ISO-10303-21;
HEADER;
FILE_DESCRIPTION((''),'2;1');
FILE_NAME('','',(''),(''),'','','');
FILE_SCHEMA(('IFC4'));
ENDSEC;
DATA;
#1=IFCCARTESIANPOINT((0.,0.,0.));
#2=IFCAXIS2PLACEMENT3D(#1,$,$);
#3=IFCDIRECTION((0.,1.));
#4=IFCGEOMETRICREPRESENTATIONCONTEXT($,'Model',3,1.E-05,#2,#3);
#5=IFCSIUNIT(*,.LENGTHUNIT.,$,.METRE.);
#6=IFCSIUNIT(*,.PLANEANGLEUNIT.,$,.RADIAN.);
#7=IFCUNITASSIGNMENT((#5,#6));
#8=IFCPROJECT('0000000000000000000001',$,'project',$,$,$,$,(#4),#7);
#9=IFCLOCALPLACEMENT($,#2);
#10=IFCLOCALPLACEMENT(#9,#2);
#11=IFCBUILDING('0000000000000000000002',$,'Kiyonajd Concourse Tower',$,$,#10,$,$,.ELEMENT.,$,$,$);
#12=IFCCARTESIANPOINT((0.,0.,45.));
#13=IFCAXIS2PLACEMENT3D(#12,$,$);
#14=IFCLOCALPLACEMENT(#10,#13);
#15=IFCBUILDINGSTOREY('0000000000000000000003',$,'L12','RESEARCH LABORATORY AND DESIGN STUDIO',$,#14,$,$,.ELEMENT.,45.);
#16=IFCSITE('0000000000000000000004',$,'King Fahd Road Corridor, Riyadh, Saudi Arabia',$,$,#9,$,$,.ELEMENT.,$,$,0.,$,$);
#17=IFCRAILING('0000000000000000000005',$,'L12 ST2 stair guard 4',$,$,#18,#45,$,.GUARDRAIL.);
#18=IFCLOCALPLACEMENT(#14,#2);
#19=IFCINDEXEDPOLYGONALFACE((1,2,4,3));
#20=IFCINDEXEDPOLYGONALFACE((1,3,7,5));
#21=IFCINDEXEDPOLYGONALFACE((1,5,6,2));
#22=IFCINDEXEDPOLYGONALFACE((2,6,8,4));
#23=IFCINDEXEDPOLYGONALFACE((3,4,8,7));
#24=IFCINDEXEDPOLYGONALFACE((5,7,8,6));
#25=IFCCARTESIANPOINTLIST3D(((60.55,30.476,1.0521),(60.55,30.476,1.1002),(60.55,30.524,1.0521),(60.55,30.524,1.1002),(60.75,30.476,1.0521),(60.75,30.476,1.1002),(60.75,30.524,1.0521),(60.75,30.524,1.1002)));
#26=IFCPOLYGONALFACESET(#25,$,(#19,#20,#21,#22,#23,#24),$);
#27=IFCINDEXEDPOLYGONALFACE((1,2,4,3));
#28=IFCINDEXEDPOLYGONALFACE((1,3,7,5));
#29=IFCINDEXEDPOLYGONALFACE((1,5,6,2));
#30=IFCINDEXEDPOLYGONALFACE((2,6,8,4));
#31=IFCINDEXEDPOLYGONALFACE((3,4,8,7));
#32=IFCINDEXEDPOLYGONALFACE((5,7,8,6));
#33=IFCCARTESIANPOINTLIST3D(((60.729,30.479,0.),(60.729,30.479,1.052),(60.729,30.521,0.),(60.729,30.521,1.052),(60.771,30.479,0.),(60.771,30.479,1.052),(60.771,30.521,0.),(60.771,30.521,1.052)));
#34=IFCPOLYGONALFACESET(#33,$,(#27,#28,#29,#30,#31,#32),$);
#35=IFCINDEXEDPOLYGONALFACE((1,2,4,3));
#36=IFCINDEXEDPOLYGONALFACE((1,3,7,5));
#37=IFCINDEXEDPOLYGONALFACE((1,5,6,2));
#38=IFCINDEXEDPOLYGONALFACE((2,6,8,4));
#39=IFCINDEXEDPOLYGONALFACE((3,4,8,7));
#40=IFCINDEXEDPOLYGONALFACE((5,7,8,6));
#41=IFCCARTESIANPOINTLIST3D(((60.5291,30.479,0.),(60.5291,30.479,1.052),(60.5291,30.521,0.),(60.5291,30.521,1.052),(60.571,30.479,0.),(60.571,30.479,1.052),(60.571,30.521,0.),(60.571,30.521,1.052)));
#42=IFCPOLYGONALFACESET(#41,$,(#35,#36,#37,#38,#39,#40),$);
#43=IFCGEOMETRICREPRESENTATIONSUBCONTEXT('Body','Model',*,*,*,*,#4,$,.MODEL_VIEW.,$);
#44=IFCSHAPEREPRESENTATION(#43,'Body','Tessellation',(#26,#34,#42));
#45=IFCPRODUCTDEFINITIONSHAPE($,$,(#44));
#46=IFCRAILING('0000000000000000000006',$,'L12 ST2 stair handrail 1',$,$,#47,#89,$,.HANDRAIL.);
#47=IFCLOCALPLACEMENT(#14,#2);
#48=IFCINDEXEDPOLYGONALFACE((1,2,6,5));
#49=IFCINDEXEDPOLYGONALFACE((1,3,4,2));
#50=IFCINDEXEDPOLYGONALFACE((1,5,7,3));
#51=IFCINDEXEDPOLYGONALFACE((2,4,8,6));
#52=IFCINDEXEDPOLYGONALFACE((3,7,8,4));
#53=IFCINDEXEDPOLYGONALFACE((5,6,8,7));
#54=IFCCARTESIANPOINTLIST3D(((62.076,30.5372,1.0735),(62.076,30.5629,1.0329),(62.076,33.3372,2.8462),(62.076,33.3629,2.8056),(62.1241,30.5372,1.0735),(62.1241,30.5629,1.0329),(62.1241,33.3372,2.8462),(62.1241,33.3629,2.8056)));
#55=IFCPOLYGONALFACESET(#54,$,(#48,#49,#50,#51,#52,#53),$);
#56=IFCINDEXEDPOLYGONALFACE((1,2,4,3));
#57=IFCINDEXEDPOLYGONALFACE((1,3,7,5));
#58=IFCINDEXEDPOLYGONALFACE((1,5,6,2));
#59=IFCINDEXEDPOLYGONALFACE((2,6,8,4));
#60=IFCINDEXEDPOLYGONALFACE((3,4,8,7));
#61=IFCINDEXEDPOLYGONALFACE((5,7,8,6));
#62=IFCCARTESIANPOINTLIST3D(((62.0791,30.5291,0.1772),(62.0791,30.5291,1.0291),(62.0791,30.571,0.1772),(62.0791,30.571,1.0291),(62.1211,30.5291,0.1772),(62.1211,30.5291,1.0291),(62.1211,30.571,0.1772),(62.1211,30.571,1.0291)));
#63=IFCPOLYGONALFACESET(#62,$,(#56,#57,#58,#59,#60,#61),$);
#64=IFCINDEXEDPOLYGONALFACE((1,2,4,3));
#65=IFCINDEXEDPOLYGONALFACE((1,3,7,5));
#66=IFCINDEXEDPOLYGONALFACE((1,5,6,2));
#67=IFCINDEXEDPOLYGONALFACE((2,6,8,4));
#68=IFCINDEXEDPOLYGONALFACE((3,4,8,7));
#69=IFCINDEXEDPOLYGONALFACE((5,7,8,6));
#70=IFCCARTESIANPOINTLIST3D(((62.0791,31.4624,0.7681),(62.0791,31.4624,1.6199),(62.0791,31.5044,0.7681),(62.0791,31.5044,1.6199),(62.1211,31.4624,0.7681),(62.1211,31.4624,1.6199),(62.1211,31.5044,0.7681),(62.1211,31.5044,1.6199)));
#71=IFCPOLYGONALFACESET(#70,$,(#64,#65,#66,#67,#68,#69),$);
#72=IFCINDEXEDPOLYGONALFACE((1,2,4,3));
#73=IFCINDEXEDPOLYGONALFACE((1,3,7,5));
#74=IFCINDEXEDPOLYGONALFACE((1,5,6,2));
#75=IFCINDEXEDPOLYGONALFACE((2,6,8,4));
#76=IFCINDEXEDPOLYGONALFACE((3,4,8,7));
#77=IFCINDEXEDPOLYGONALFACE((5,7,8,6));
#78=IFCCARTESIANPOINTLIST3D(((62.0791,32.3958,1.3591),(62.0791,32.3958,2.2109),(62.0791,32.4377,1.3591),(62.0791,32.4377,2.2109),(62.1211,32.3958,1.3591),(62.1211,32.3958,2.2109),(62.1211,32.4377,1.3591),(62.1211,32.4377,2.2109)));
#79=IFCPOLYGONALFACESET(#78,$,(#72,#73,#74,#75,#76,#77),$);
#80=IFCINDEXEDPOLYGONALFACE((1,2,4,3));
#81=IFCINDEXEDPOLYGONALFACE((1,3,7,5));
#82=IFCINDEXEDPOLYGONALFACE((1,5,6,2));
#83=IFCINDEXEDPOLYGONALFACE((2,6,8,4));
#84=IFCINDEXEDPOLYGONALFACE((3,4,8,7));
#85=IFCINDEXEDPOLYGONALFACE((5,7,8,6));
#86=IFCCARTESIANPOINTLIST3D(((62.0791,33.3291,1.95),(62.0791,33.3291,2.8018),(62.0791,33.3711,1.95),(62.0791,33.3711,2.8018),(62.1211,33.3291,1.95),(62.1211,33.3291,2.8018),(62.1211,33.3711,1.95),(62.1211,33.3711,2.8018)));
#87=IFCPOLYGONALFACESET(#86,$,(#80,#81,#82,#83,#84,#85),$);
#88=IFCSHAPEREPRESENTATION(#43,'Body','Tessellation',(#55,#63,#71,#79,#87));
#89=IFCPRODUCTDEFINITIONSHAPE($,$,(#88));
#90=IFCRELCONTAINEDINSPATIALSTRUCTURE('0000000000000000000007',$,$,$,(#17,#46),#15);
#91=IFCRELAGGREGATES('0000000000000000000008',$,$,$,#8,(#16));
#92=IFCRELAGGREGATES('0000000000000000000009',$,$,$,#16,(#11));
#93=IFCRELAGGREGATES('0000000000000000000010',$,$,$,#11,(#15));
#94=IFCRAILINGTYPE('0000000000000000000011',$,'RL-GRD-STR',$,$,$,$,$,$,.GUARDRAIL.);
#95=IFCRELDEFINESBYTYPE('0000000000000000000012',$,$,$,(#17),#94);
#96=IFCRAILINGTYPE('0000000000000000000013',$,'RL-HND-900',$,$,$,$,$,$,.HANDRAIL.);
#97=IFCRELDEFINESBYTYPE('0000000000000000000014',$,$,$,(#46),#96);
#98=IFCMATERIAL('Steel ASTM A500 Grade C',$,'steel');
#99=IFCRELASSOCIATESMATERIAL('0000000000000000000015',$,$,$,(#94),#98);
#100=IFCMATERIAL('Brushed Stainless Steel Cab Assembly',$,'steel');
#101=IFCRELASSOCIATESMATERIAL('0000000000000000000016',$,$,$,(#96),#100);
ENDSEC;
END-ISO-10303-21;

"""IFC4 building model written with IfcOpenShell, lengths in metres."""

from ifc_helpers import new_model, si_unit, direction, frame, origin, origin_2d, place, context, subcontext, project, spatial, rectangle, extrude, material, type_object, element, save


model = new_model("IFC4")

# Units and contexts
model_context = context("Model", 3, precision=1e-05, world=origin(), true_north=direction((0.0, 1.0)))
body_context = subcontext(model_context, "Body", "Model", "MODEL_VIEW")
ifc_project = project(units=[si_unit("LENGTHUNIT", "METRE"), si_unit("PLANEANGLEUNIT", "RADIAN")], contexts=[model_context])

# Site, building, storey
site_placement = place(None, origin())
site = spatial("IfcSite", under=ifc_project, at=site_placement, Name="King Fahd Road Corridor, Riyadh, Saudi Arabia", CompositionType="ELEMENT", RefElevation=0.0)
building_placement = place(site_placement, origin())
building = spatial("IfcBuilding", under=site, at=building_placement, Name="Kiyonajd Concourse Tower", CompositionType="ELEMENT")
storey_placement = place(building_placement, frame((0.0, 0.0, 45.0)))
storey = spatial("IfcBuildingStorey", under=building, at=storey_placement, Name="L12", Description="RESEARCH LABORATORY AND DESIGN STUDIO", CompositionType="ELEMENT", Elevation=45.0)

# Railings
ifc_material_1 = material(Name="Steel ASTM A500 Grade C", Category="steel")
railing_type_1 = type_object("IfcRailingType", Name="RL-GRD-STR", PredefinedType="GUARDRAIL", material=ifc_material_1)
railing_1_placement = place(storey_placement, frame((60.75, 30.5, 0.0)))
element("IfcRailing", 1, at=railing_1_placement, inside=storey, type_object=railing_type_1, Name="L12 ST2 stair guard 4", PredefinedType="GUARDRAIL", context=body_context, shape_type="SweptSolid", body=[
    extrude(rectangle(XDim=0.0481, YDim=0.0481, at=origin_2d()), frame((0.0, 0.0, 1.0762), z_axis=(-1.0, 0.0, 0.0), x_axis=(0.0, -1.0, 0.0)), (0.0, 0.0, 1.0), 0.2),
    extrude(rectangle(XDim=0.042, YDim=0.042, at=origin_2d()), origin(), (0.0, 0.0, 1.0), 1.052),
    extrude(rectangle(XDim=0.042, YDim=0.042, at=origin_2d()), frame((-0.2, 0.0, 0.0)), (0.0, 0.0, 1.0), 1.052),
])
ifc_material_2 = material(Name="Brushed Stainless Steel Cab Assembly", Category="steel")
railing_type_2 = type_object("IfcRailingType", Name="RL-HND-900", PredefinedType="HANDRAIL", material=ifc_material_2)
railing_2_placement = place(storey_placement, frame((62.1001, 30.55, 0.1772)))
element("IfcRailing", 2, at=railing_2_placement, inside=storey, type_object=railing_type_2, Name="L12 ST2 stair handrail 1", PredefinedType="HANDRAIL", context=body_context, shape_type="SweptSolid", body=[
    extrude(rectangle(XDim=0.0481, YDim=0.0481, at=origin_2d()), frame((0.0, 0.0, 0.876), z_axis=(0.0, 0.844909, 0.53491), x_axis=(-1.0, 0.0, 0.0)), (0.0, 0.0, 1.0), 3.314),
    extrude(rectangle(XDim=0.042, YDim=0.042, at=origin_2d()), origin(), (0.0, 0.0, 1.0), 0.8518),
    extrude(rectangle(XDim=0.042, YDim=0.042, at=origin_2d()), frame((0.0, 0.9333, 0.5908)), (0.0, 0.0, 1.0), 0.8518),
    extrude(rectangle(XDim=0.042, YDim=0.042, at=origin_2d()), frame((0.0, 1.8667, 1.1819)), (0.0, 0.0, 1.0), 0.8518),
    extrude(rectangle(XDim=0.042, YDim=0.042, at=origin_2d()), frame((0.0, 2.8, 1.7727)), (0.0, 0.0, 1.0), 0.8518),
])

save(model, "model.ifc")
